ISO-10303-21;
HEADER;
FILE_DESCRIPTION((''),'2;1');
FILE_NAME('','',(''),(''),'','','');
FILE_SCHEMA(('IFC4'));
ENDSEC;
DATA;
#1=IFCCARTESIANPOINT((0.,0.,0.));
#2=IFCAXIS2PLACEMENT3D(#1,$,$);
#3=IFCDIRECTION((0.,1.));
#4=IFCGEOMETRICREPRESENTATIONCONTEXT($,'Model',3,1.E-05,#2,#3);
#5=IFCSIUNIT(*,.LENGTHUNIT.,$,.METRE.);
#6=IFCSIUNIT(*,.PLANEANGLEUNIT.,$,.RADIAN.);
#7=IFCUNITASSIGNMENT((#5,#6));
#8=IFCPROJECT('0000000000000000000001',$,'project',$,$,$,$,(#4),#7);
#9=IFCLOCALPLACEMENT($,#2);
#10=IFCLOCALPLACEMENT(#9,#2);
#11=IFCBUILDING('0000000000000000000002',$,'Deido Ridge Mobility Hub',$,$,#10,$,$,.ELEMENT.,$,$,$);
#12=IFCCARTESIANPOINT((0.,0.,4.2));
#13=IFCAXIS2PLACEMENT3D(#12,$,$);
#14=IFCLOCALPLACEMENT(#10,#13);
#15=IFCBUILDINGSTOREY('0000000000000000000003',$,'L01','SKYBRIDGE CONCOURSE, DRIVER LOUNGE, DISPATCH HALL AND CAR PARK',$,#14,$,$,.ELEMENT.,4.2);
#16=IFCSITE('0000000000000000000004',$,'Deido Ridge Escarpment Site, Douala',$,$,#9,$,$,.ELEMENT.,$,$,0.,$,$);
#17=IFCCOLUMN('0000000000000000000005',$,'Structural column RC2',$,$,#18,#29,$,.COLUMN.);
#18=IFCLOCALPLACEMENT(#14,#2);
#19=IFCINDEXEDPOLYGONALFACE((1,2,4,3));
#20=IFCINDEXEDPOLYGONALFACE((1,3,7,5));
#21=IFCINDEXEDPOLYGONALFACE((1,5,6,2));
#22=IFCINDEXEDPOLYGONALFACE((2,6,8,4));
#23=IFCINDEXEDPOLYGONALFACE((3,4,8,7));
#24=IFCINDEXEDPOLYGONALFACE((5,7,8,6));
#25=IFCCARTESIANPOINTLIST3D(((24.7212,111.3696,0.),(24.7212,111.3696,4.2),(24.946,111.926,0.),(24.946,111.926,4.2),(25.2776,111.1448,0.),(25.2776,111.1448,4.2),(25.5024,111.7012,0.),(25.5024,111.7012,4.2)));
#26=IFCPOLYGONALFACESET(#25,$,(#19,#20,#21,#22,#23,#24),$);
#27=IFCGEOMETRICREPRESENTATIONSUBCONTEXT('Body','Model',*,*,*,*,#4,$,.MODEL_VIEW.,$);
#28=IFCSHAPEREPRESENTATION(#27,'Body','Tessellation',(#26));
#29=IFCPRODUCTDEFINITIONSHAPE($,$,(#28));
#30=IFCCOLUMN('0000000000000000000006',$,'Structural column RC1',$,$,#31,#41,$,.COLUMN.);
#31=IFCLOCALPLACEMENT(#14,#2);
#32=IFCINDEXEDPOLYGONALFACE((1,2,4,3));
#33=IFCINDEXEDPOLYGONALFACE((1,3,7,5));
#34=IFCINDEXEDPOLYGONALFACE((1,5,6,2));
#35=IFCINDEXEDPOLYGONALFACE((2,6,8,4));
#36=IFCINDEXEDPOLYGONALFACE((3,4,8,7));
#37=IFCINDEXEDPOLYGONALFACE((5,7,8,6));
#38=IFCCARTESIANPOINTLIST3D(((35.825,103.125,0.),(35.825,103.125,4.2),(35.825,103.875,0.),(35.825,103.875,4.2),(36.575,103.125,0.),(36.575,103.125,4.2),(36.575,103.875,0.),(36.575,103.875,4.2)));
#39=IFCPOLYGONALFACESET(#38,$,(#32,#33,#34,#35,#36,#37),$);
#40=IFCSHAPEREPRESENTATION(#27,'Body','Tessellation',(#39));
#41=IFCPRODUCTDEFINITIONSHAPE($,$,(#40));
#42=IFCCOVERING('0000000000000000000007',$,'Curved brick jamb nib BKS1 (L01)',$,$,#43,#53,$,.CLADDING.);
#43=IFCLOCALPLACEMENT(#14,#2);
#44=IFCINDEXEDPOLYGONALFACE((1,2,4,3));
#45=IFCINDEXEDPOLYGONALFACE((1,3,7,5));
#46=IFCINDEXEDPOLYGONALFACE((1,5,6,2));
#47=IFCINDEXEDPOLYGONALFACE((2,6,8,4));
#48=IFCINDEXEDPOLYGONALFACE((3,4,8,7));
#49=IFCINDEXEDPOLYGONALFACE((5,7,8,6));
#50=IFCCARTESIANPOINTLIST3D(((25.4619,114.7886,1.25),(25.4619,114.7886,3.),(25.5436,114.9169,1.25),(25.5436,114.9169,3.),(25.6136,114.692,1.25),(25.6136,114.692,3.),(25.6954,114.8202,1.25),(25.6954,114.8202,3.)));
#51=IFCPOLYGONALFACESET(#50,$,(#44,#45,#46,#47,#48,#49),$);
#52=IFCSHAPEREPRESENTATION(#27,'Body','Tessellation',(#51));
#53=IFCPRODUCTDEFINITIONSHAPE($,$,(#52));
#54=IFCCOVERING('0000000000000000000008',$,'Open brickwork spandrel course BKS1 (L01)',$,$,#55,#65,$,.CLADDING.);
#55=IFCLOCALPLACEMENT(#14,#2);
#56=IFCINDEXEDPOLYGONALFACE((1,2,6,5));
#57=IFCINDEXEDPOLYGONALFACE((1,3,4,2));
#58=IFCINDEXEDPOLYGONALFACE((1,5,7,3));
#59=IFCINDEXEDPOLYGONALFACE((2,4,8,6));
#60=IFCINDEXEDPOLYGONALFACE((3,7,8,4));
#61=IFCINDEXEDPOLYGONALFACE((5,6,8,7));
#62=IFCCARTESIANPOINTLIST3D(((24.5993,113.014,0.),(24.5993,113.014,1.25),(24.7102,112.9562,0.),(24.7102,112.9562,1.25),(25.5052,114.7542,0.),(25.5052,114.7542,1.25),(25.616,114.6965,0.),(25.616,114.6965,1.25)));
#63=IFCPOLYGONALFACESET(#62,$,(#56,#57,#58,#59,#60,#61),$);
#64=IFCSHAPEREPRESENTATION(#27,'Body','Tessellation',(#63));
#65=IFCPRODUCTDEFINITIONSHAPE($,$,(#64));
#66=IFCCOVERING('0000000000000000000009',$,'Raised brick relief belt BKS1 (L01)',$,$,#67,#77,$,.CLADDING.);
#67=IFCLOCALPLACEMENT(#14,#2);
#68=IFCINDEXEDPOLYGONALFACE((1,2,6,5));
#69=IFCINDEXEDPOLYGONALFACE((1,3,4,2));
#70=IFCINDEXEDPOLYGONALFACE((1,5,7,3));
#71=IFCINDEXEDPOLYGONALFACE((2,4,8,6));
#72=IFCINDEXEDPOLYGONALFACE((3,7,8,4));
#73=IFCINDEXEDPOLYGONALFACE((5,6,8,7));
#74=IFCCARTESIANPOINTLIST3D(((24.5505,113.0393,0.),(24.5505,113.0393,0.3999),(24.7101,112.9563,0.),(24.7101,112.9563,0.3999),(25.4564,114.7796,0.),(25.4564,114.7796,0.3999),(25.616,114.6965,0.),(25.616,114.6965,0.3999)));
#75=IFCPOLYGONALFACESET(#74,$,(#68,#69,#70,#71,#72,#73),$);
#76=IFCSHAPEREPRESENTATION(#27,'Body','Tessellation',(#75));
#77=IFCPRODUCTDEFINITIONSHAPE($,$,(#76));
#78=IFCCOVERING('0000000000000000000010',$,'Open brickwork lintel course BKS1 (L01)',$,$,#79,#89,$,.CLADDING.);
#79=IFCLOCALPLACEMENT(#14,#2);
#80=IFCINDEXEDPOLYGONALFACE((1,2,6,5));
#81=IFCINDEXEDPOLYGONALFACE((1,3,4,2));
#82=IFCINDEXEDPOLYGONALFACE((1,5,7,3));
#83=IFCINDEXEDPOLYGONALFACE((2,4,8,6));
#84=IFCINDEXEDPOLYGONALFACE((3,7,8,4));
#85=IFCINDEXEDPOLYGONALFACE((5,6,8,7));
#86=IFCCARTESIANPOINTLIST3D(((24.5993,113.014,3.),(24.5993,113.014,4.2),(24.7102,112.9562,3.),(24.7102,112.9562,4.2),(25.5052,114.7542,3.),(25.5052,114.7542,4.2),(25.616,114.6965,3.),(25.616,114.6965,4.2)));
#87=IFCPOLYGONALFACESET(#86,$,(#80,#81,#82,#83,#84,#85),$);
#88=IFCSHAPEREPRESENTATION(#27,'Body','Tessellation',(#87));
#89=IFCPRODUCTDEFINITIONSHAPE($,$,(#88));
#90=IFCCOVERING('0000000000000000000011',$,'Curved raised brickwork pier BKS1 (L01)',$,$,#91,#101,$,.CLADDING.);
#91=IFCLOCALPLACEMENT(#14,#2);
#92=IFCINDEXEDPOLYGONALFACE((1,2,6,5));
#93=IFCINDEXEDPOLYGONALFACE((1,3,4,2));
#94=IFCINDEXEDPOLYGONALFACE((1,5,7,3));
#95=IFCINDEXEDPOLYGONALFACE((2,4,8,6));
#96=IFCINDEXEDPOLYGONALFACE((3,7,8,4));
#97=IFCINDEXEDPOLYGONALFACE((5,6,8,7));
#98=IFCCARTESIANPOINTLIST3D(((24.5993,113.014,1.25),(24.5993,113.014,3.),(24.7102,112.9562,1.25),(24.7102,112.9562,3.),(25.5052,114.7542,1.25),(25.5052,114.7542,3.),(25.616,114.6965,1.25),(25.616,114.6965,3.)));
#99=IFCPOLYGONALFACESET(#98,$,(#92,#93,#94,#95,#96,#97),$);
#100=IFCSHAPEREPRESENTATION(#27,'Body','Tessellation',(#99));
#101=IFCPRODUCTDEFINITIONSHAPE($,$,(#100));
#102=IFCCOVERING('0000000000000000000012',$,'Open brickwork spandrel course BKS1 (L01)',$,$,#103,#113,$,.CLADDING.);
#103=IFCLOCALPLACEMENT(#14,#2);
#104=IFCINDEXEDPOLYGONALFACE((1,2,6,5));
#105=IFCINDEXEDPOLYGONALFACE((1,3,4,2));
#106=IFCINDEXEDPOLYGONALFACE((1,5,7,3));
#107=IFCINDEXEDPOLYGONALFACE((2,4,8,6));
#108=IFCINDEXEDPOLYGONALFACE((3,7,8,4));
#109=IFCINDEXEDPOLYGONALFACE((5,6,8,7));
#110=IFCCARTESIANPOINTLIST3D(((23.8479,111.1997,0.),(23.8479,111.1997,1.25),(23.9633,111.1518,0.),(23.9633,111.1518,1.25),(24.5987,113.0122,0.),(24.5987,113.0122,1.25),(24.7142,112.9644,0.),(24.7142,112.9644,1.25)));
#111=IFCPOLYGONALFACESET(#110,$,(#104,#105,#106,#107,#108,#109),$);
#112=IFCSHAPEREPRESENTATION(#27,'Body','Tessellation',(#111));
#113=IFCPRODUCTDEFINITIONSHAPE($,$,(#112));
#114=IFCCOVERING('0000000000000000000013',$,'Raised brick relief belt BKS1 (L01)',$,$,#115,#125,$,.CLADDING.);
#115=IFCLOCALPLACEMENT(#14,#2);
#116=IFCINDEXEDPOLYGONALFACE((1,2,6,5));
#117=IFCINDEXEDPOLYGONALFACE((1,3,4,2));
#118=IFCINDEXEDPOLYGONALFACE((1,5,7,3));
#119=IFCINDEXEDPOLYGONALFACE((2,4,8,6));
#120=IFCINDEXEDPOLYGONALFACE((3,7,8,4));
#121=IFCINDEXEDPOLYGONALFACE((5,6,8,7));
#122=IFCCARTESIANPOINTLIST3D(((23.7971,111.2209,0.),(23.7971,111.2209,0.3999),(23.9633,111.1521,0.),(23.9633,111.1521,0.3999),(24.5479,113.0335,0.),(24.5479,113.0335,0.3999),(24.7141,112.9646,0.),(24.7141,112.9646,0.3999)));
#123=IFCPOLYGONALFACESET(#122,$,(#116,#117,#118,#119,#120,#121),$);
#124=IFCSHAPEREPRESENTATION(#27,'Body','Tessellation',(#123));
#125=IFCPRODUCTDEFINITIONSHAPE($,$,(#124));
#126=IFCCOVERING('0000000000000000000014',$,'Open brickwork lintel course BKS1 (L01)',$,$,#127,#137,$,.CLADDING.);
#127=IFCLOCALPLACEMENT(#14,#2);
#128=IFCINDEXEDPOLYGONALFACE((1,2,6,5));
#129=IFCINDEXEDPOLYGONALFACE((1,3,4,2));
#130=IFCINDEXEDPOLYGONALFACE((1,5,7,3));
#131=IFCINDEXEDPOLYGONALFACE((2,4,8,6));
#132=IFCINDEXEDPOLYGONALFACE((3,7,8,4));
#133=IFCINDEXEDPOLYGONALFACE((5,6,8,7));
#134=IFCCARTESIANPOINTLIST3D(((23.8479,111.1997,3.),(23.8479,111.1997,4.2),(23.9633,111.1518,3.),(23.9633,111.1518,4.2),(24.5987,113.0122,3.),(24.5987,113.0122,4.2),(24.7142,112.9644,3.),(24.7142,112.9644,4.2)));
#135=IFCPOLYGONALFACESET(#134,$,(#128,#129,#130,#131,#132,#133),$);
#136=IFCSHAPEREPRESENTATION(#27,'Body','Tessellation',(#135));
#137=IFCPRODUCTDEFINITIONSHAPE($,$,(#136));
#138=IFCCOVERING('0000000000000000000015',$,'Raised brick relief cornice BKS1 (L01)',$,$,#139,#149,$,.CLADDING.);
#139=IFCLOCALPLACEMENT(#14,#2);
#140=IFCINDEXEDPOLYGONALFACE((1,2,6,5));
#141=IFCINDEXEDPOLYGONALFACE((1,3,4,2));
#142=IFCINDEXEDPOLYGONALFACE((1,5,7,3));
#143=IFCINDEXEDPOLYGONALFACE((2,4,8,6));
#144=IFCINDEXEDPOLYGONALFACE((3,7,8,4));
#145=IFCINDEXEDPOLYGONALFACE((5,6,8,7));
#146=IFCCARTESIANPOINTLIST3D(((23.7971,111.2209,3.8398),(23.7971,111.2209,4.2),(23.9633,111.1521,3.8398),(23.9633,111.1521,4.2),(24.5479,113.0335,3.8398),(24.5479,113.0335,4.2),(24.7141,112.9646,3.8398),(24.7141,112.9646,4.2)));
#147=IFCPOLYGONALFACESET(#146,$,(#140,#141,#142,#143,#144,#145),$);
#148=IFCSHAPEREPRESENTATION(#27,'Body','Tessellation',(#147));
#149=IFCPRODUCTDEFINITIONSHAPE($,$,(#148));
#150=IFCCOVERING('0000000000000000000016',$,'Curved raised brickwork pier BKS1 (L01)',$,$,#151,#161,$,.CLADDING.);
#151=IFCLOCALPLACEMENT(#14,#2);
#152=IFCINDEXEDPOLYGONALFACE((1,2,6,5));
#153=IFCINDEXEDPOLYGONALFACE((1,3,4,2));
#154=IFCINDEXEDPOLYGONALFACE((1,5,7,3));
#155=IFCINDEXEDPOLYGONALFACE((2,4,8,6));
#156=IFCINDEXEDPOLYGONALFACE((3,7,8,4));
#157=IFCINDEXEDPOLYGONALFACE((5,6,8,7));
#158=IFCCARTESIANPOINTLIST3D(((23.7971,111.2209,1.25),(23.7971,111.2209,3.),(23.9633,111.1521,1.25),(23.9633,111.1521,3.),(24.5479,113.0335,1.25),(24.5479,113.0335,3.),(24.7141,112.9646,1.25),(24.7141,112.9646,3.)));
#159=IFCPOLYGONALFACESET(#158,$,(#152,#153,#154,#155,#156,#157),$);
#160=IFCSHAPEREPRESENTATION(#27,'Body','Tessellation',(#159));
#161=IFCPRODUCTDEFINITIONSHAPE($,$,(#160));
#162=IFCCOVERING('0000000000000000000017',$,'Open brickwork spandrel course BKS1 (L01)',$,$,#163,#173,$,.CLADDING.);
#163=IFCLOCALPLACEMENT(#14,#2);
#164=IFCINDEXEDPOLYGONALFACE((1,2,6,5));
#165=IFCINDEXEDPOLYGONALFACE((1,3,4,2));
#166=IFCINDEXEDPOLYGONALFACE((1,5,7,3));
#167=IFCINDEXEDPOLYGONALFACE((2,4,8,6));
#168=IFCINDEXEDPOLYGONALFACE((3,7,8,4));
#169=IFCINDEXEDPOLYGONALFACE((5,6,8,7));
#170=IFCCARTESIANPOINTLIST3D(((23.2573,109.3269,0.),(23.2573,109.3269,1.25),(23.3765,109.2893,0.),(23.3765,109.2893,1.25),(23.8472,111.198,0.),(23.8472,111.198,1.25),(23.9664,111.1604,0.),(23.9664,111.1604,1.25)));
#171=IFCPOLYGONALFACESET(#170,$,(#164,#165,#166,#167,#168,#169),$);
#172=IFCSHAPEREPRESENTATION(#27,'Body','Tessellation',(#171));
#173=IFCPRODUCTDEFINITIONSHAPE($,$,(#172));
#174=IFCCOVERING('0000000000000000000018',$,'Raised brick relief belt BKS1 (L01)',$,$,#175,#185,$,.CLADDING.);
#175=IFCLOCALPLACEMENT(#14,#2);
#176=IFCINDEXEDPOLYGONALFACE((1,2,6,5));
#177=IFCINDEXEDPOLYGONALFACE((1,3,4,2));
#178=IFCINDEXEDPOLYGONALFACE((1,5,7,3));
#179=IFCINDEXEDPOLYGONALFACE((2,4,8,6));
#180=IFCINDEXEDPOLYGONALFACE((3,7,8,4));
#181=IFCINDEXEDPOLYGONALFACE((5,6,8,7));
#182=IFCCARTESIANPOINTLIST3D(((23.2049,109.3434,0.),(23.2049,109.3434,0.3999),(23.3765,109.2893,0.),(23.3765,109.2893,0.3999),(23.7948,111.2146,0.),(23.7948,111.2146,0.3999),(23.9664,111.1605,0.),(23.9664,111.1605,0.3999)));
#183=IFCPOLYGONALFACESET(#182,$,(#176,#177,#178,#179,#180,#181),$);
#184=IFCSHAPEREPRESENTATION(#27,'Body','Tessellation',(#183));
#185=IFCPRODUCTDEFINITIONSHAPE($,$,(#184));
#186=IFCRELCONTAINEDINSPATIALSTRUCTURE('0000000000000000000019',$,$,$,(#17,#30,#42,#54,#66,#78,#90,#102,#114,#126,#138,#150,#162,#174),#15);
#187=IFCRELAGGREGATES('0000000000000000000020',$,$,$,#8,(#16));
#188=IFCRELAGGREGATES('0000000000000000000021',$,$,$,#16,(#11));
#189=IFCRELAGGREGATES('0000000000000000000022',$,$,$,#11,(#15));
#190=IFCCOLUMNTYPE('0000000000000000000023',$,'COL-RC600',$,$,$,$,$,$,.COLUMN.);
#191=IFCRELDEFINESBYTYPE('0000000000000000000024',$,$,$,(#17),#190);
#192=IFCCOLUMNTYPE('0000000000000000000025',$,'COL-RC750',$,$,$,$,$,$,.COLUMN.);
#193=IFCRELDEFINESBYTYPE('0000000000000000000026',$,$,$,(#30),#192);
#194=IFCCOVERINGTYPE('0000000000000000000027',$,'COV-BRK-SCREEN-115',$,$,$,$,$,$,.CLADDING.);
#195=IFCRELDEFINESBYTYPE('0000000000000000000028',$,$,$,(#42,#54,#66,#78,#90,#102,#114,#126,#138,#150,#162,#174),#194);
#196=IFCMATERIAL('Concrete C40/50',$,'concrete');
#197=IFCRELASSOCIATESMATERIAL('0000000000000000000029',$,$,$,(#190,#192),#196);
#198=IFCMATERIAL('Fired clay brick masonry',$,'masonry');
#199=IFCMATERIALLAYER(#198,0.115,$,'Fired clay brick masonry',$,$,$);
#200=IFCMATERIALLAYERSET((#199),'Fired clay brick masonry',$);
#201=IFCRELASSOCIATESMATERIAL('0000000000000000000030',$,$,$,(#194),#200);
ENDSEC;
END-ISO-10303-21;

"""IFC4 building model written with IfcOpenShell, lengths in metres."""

from ifc_helpers import new_model, si_unit, direction, frame, origin, origin_2d, place, context, subcontext, project, spatial, rectangle, extrude, material, layer, layer_set, material_profile, profile_set, type_object, element, save


model = new_model("IFC4")

# Units and contexts
model_context = context("Model", 3, precision=1e-05, world=origin(), true_north=direction((0.0, 1.0)))
body_context = subcontext(model_context, "Body", "Model", "MODEL_VIEW")
ifc_project = project(units=[si_unit("LENGTHUNIT", "METRE"), si_unit("PLANEANGLEUNIT", "RADIAN")], contexts=[model_context])

# Site, building, storey
site_placement = place(None, origin())
site = spatial("IfcSite", under=ifc_project, at=site_placement, Name="Deido Ridge Escarpment Site, Douala", CompositionType="ELEMENT", RefElevation=0.0)
building_placement = place(site_placement, origin())
building = spatial("IfcBuilding", under=site, at=building_placement, Name="Deido Ridge Mobility Hub", CompositionType="ELEMENT")
storey_placement = place(building_placement, frame((0.0, 0.0, 4.2)))
storey = spatial("IfcBuildingStorey", under=building, at=storey_placement, Name="L01", Description="SKYBRIDGE CONCOURSE, DRIVER LOUNGE, DISPATCH HALL AND CAR PARK", CompositionType="ELEMENT", Elevation=4.2)

# Columns
ifc_material_1 = material(Name="Concrete C40/50", Category="concrete")
ifc_material_profile_1 = material_profile(ifc_material_1, rectangle(XDim=0.6001, YDim=0.6001, at=origin_2d()), Name="RC COL 600x600")
ifc_profile_set_1 = profile_set([ifc_material_profile_1], Name="Concrete C40/50")
column_type_1 = type_object("IfcColumnType", Name="COL-RC600", PredefinedType="COLUMN", material=ifc_profile_set_1)
column_1_placement = place(storey_placement, frame((25.1118, 111.5354, 0.0), z_axis=(0.0, 0.0, 1.0), x_axis=(-0.927184, 0.374607, 0.0)))
element("IfcColumn", 1, at=column_1_placement, inside=storey, type_object=column_type_1, Name="Structural column RC2", PredefinedType="COLUMN", context=body_context, shape_type="SweptSolid", body=[
    extrude(rectangle(XDim=0.6001, YDim=0.6001, at=origin_2d()), origin(), (0.0, 0.0, 1.0), 4.2),
])
ifc_material_profile_2 = material_profile(ifc_material_1, rectangle(XDim=0.75, YDim=0.75, at=origin_2d()), Name="RC COL 750x750")
ifc_profile_set_2 = profile_set([ifc_material_profile_2], Name="Concrete C40/50")
column_type_2 = type_object("IfcColumnType", Name="COL-RC750", PredefinedType="COLUMN", material=ifc_profile_set_2)
column_2_placement = place(storey_placement, frame((36.2, 103.5, 0.0), z_axis=(0.0, 0.0, 1.0), x_axis=(1.0, 0.0, 0.0)))
element("IfcColumn", 2, at=column_2_placement, inside=storey, type_object=column_type_2, Name="Structural column RC1", PredefinedType="COLUMN", context=body_context, shape_type="SweptSolid", body=[
    extrude(rectangle(XDim=0.75, YDim=0.75, at=origin_2d()), origin(), (0.0, 0.0, 1.0), 4.2),
])

# Coverings
ifc_material_2 = material(Name="Fired clay brick masonry", Category="masonry")
ifc_layer = layer(ifc_material_2, 0.115, Name="Fired clay brick masonry")
ifc_layer_set = layer_set([ifc_layer], Name="Fired clay brick masonry")
covering_type = type_object("IfcCoveringType", Name="COV-BRK-SCREEN-115", PredefinedType="CLADDING", material=ifc_layer_set)
covering_1_placement = place(storey_placement, frame((25.5786, 114.8044, 1.25), z_axis=(0.0, 0.0, 1.0), x_axis=(-0.537314, -0.843382, 0.0)))
element("IfcCovering", 3, at=covering_1_placement, inside=storey, type_object=covering_type, Name="Curved brick jamb nib BKS1 (L01)", PredefinedType="CLADDING", context=body_context, shape_type="SweptSolid", body=[
    extrude(rectangle(XDim=0.1521, YDim=0.1799, at=origin_2d()), origin(), (0.0, 0.0, 1.0), 1.75),
])
covering_2_placement = place(storey_placement, frame((25.1077, 113.8552, 0.0), z_axis=(0.0, 0.0, 1.0), x_axis=(-0.461733, -0.887019, 0.0)))
element("IfcCovering", 4, at=covering_2_placement, inside=storey, type_object=covering_type, Name="Open brickwork spandrel course BKS1 (L01)", PredefinedType="CLADDING", context=body_context, shape_type="SweptSolid", body=[
    extrude(rectangle(XDim=1.9619, YDim=0.125, at=origin_2d()), origin(), (0.0, 0.0, 1.0), 1.25),
])
covering_3_placement = place(storey_placement, frame((25.0833, 113.8679, 0.0), z_axis=(0.0, 0.0, 1.0), x_axis=(-0.461733, -0.887019, 0.0)))
element("IfcCovering", 5, at=covering_3_placement, inside=storey, type_object=covering_type, Name="Raised brick relief belt BKS1 (L01)", PredefinedType="CLADDING", context=body_context, shape_type="SweptSolid", body=[
    extrude(rectangle(XDim=1.9619, YDim=0.1799, at=origin_2d()), origin(), (0.0, 0.0, 1.0), 0.3999),
])
covering_4_placement = place(storey_placement, frame((25.1077, 113.8552, 3.0), z_axis=(0.0, 0.0, 1.0), x_axis=(-0.461733, -0.887019, 0.0)))
element("IfcCovering", 6, at=covering_4_placement, inside=storey, type_object=covering_type, Name="Open brickwork lintel course BKS1 (L01)", PredefinedType="CLADDING", context=body_context, shape_type="SweptSolid", body=[
    extrude(rectangle(XDim=1.9619, YDim=0.125, at=origin_2d()), origin(), (0.0, 0.0, 1.0), 1.2),
])
covering_5_placement = place(storey_placement, frame((25.1077, 113.8552, 1.25), z_axis=(0.0, 0.0, 1.0), x_axis=(-0.461733, -0.887019, 0.0)))
element("IfcCovering", 7, at=covering_5_placement, inside=storey, type_object=covering_type, Name="Curved raised brickwork pier BKS1 (L01)", PredefinedType="CLADDING", context=body_context, shape_type="SweptSolid", body=[
    extrude(rectangle(XDim=1.9619, YDim=0.125, at=origin_2d()), origin(), (0.0, 0.0, 1.0), 1.75),
])
covering_6_placement = place(storey_placement, frame((24.281, 112.082, 0.0), z_axis=(0.0, 0.0, 1.0), x_axis=(-0.3827, -0.923873, 0.0)))
element("IfcCovering", 8, at=covering_6_placement, inside=storey, type_object=covering_type, Name="Open brickwork spandrel course BKS1 (L01)", PredefinedType="CLADDING", context=body_context, shape_type="SweptSolid", body=[
    extrude(rectangle(XDim=1.9619, YDim=0.125, at=origin_2d()), origin(), (0.0, 0.0, 1.0), 1.25),
])
covering_7_placement = place(storey_placement, frame((24.2556, 112.0928, 0.0), z_axis=(0.0, 0.0, 1.0), x_axis=(-0.3827, -0.923873, 0.0)))
element("IfcCovering", 9, at=covering_7_placement, inside=storey, type_object=covering_type, Name="Raised brick relief belt BKS1 (L01)", PredefinedType="CLADDING", context=body_context, shape_type="SweptSolid", body=[
    extrude(rectangle(XDim=1.9619, YDim=0.1799, at=origin_2d()), origin(), (0.0, 0.0, 1.0), 0.3999),
])
covering_8_placement = place(storey_placement, frame((24.281, 112.082, 3.0), z_axis=(0.0, 0.0, 1.0), x_axis=(-0.3827, -0.923873, 0.0)))
element("IfcCovering", 10, at=covering_8_placement, inside=storey, type_object=covering_type, Name="Open brickwork lintel course BKS1 (L01)", PredefinedType="CLADDING", context=body_context, shape_type="SweptSolid", body=[
    extrude(rectangle(XDim=1.9619, YDim=0.125, at=origin_2d()), origin(), (0.0, 0.0, 1.0), 1.2),
])
covering_9_placement = place(storey_placement, frame((24.2556, 112.0928, 3.8398), z_axis=(0.0, 0.0, 1.0), x_axis=(-0.3827, -0.923873, 0.0)))
element("IfcCovering", 11, at=covering_9_placement, inside=storey, type_object=covering_type, Name="Raised brick relief cornice BKS1 (L01)", PredefinedType="CLADDING", context=body_context, shape_type="SweptSolid", body=[
    extrude(rectangle(XDim=1.9619, YDim=0.1799, at=origin_2d()), origin(), (0.0, 0.0, 1.0), 0.3601),
])
covering_10_placement = place(storey_placement, frame((24.2556, 112.0928, 1.25), z_axis=(0.0, 0.0, 1.0), x_axis=(-0.3827, -0.923873, 0.0)))
element("IfcCovering", 12, at=covering_10_placement, inside=storey, type_object=covering_type, Name="Curved raised brickwork pier BKS1 (L01)", PredefinedType="CLADDING", context=body_context, shape_type="SweptSolid", body=[
    extrude(rectangle(XDim=1.9619, YDim=0.1799, at=origin_2d()), origin(), (0.0, 0.0, 1.0), 1.75),
])
covering_11_placement = place(storey_placement, frame((23.6118, 110.2437, 0.0), z_axis=(0.0, 0.0, 1.0), x_axis=(-0.300673, -0.953727, 0.0)))
element("IfcCovering", 13, at=covering_11_placement, inside=storey, type_object=covering_type, Name="Open brickwork spandrel course BKS1 (L01)", PredefinedType="CLADDING", context=body_context, shape_type="SweptSolid", body=[
    extrude(rectangle(XDim=1.9619, YDim=0.125, at=origin_2d()), origin(), (0.0, 0.0, 1.0), 1.25),
])
covering_12_placement = place(storey_placement, frame((23.5857, 110.252, 0.0), z_axis=(0.0, 0.0, 1.0), x_axis=(-0.300673, -0.953727, 0.0)))
element("IfcCovering", 14, at=covering_12_placement, inside=storey, type_object=covering_type, Name="Raised brick relief belt BKS1 (L01)", PredefinedType="CLADDING", context=body_context, shape_type="SweptSolid", body=[
    extrude(rectangle(XDim=1.9619, YDim=0.1799, at=origin_2d()), origin(), (0.0, 0.0, 1.0), 0.3999),
])

save(model, "model.ifc")
